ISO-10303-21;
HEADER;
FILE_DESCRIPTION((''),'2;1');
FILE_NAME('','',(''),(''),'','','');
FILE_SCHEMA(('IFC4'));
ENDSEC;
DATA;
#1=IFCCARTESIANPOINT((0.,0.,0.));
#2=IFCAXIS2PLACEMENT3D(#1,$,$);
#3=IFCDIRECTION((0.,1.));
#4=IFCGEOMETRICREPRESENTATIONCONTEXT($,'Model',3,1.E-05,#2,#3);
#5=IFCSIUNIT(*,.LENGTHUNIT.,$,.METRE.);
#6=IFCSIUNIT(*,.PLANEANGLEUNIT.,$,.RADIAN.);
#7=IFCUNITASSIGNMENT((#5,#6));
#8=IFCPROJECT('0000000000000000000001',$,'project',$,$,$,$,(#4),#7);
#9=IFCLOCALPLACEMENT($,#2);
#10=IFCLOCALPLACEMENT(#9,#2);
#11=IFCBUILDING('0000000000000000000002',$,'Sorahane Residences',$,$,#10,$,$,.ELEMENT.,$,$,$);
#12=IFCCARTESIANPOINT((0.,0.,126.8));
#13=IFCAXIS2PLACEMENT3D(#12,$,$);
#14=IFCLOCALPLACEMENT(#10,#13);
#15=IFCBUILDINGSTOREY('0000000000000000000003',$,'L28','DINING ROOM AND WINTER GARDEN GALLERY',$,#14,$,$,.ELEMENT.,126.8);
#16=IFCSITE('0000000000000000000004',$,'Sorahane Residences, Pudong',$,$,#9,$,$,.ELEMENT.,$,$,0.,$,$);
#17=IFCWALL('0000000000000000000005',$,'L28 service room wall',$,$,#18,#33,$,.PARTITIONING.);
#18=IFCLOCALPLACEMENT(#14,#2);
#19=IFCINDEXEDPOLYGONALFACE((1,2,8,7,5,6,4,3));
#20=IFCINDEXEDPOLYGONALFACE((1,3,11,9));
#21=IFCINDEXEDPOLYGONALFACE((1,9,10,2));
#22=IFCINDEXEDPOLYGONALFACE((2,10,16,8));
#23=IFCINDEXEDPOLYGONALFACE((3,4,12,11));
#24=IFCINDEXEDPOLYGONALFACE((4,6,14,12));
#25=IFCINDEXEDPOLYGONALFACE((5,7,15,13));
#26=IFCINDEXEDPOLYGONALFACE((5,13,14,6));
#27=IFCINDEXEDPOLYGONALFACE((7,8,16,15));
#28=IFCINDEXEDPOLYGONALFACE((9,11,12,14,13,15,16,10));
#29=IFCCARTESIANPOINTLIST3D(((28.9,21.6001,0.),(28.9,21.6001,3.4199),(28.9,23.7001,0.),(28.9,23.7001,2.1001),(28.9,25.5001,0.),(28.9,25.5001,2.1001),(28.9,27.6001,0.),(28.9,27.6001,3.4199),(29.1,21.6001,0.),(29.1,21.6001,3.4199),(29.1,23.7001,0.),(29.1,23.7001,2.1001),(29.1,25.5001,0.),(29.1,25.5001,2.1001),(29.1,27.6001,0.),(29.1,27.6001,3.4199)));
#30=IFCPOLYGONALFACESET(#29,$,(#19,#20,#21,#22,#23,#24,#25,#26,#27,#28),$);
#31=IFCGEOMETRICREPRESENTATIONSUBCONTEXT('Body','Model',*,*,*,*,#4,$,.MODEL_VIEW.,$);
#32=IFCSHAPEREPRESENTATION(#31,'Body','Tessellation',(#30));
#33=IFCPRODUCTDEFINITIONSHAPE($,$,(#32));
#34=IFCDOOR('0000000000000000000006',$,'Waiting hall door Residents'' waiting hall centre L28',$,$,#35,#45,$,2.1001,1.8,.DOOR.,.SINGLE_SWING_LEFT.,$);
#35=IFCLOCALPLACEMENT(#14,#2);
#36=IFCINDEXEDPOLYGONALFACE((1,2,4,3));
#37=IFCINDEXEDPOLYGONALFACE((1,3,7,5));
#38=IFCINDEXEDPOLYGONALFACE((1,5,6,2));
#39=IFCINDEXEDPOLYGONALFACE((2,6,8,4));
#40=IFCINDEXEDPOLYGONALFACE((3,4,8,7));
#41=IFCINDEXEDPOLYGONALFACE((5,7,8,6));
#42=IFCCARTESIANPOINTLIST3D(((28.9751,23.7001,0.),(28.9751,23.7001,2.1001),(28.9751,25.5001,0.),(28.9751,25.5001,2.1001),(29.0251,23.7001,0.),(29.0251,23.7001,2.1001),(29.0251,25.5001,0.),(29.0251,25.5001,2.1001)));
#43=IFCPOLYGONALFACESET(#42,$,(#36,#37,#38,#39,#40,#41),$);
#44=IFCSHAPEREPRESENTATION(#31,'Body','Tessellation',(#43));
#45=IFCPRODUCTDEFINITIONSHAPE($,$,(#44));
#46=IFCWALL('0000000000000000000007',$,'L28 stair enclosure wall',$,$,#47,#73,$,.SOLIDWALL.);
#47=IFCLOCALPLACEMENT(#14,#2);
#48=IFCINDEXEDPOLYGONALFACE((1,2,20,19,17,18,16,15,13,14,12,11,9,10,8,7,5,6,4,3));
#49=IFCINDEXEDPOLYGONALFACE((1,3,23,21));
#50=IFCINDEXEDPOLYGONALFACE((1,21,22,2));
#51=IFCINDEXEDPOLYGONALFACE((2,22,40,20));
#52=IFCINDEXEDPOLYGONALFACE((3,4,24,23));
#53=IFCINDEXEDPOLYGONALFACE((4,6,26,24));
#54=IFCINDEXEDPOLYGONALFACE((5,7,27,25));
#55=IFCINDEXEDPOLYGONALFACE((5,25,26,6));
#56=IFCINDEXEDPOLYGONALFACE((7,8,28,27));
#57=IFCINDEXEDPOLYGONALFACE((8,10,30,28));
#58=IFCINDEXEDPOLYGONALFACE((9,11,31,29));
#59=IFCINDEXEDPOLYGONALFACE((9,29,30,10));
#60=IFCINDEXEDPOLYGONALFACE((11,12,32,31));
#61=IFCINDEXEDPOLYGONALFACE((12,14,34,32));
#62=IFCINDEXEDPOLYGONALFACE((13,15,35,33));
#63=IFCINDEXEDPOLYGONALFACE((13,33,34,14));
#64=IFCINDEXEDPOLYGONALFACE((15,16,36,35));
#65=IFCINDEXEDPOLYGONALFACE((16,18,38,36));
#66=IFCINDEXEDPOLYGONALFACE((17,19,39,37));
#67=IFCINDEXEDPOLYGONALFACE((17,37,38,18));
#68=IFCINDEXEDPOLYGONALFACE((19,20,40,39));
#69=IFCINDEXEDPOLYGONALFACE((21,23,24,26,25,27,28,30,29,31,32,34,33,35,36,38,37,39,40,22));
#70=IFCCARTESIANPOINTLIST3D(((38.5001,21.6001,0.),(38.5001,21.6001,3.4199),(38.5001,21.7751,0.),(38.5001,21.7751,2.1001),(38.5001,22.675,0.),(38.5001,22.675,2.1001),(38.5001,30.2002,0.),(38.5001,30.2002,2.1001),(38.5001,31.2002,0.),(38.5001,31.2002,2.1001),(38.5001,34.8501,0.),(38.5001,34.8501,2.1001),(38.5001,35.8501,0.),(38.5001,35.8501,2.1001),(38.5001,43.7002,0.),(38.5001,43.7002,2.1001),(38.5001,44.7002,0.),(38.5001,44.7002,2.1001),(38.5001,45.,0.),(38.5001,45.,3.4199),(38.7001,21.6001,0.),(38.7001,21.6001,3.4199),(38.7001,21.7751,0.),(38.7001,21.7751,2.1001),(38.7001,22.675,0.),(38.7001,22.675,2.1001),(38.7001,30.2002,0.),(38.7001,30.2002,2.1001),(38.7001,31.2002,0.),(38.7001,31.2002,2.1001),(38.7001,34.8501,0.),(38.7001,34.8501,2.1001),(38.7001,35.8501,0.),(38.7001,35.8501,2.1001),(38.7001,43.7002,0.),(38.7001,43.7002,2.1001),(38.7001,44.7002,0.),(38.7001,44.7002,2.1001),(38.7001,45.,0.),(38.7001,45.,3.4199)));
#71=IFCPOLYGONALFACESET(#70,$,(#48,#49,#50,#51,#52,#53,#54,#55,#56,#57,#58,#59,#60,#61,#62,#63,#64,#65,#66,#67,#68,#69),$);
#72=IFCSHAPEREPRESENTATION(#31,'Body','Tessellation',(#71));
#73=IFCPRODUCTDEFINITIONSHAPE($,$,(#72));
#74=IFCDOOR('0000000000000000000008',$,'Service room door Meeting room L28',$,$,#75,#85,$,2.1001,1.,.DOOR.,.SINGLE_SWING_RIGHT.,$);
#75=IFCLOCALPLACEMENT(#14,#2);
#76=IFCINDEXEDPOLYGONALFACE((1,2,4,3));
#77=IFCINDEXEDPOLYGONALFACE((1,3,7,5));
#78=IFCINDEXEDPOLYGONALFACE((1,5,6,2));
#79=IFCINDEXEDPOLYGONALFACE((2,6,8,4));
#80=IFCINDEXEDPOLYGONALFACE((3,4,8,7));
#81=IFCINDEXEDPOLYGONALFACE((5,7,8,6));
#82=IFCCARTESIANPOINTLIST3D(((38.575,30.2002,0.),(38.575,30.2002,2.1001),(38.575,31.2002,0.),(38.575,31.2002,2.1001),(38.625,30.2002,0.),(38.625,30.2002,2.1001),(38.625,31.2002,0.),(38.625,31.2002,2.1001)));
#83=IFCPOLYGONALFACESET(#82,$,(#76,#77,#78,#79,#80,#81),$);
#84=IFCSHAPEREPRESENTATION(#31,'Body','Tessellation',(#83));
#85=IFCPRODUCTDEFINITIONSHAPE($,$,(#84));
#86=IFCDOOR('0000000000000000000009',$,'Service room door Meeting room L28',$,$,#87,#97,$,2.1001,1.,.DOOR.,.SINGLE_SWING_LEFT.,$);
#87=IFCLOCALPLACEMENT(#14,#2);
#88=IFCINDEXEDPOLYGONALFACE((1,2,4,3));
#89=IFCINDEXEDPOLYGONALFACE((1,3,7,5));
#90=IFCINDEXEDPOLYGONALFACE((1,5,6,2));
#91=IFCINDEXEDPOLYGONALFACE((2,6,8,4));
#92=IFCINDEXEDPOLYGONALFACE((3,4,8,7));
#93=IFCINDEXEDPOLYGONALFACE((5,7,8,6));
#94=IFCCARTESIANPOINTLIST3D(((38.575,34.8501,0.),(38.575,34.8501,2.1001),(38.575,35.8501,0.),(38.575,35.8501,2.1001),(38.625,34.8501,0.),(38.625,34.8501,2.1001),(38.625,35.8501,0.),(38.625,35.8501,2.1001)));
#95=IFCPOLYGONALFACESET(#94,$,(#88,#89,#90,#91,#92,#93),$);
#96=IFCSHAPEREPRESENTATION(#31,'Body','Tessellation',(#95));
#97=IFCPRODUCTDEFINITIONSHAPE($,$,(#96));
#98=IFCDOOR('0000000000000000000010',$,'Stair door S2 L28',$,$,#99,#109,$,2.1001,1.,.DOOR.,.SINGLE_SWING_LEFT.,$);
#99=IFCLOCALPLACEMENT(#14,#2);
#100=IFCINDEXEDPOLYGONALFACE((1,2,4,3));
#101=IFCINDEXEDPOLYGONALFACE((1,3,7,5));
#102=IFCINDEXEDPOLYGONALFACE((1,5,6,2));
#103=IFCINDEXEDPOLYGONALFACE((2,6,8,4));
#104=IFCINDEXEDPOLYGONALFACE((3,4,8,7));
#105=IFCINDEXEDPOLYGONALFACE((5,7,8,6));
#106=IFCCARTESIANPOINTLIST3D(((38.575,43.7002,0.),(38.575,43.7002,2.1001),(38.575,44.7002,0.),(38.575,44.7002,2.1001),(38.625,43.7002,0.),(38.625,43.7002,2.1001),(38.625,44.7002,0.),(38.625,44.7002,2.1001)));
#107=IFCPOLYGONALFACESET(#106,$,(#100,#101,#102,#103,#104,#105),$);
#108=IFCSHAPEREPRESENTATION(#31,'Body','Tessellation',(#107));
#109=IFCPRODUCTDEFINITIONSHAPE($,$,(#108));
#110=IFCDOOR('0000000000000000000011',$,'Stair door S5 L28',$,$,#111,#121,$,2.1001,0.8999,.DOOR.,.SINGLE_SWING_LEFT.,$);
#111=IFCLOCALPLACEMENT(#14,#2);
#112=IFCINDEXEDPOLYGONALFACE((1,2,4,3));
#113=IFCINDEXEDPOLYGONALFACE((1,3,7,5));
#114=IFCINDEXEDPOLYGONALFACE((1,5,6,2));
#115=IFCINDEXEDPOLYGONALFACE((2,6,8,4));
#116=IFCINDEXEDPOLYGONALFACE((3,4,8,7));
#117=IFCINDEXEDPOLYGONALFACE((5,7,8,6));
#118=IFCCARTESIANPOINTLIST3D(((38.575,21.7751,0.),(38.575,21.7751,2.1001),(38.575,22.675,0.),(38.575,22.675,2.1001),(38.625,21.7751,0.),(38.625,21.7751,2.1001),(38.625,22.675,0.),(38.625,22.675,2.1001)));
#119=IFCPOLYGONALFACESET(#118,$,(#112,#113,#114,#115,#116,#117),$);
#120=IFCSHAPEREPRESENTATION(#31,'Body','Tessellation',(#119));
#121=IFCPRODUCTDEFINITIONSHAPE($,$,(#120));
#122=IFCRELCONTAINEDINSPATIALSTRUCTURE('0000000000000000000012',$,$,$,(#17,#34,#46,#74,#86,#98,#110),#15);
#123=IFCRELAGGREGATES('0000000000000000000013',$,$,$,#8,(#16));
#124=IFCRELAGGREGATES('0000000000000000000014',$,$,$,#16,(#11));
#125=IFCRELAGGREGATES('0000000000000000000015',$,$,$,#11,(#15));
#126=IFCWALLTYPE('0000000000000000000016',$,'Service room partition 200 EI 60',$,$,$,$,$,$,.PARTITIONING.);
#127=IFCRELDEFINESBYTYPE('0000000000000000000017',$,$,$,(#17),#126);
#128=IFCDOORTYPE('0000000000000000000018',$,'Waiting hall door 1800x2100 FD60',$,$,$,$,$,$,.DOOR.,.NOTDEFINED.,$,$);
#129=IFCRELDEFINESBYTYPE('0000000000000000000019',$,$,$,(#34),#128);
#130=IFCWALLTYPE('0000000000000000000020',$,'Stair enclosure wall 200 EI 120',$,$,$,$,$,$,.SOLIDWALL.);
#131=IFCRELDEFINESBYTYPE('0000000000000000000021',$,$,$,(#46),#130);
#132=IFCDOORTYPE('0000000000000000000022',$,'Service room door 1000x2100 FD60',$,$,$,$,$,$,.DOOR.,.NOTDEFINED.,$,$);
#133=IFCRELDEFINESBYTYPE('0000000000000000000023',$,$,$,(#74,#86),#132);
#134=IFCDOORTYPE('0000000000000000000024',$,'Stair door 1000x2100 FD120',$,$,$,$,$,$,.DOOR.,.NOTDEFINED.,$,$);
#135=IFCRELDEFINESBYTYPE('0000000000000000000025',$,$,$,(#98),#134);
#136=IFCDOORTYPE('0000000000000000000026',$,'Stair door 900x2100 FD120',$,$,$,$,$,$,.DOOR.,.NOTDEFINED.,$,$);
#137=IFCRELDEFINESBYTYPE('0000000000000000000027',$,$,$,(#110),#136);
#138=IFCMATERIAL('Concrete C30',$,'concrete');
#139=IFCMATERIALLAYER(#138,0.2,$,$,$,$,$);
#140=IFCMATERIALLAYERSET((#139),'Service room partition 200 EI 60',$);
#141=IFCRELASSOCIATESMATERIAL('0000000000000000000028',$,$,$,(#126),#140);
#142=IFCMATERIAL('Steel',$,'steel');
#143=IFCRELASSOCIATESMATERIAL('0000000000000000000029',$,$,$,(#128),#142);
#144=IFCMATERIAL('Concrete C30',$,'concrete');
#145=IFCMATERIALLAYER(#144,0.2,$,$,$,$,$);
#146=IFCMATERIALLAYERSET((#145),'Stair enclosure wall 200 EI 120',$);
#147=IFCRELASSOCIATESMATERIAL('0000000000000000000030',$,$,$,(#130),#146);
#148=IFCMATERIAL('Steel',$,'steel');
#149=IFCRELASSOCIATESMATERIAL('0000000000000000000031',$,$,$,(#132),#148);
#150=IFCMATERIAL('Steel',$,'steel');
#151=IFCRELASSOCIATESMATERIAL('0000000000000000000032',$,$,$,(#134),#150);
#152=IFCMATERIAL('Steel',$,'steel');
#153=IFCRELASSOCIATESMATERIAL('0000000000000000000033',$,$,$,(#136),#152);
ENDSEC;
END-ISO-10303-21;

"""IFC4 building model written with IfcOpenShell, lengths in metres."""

from ifc_helpers import new_model, si_unit, direction, frame, frame_2d, origin, place, context, subcontext, project, spatial, rectangle, extrude, material, layer, layer_set, type_object, element, fill, save


model = new_model("IFC4")

# Units and contexts
model_context = context("Model", 3, precision=1e-05, world=origin(), true_north=direction((0.0, 1.0)))
body_context = subcontext(model_context, "Body", "Model", "MODEL_VIEW")
ifc_project = project(units=[si_unit("LENGTHUNIT", "METRE"), si_unit("PLANEANGLEUNIT", "RADIAN")], contexts=[model_context])

# Site, building, storey
site_placement = place(None, origin())
site = spatial("IfcSite", under=ifc_project, at=site_placement, Name="Sorahane Residences, Pudong", CompositionType="ELEMENT", RefElevation=0.0)
building_placement = place(site_placement, origin())
building = spatial("IfcBuilding", under=site, at=building_placement, Name="Sorahane Residences", CompositionType="ELEMENT")
storey_placement = place(building_placement, frame((0.0, 0.0, 126.8)))
storey = spatial("IfcBuildingStorey", under=building, at=storey_placement, Name="L28", Description="DINING ROOM AND WINTER GARDEN GALLERY", CompositionType="ELEMENT", Elevation=126.8)

# Wall, opening, door
ifc_material_1 = material(Name="Concrete C30", Category="concrete")
ifc_layer_1 = layer(ifc_material_1, 0.2)
ifc_layer_set_1 = layer_set([ifc_layer_1], Name="Service room partition 200 EI 60")
wall_type_1 = type_object("IfcWallType", Name="Service room partition 200 EI 60", PredefinedType="PARTITIONING", material=ifc_layer_set_1)
wall_1_placement = place(storey_placement, frame((29.0, 21.6001, 0.0), z_axis=(0.0, 0.0, 1.0), x_axis=(0.0, 1.0, 0.0)))
wall_1 = element("IfcWall", 1, at=wall_1_placement, inside=storey, type_object=wall_type_1, Name="L28 service room wall", PredefinedType="PARTITIONING", context=body_context, shape_type="SweptSolid", body=[
    extrude(rectangle(XDim=6.0, YDim=0.2, at=frame_2d((3.0, 0.0))), origin(), (0.0, 0.0, 1.0), 3.4199),
])
opening_1_placement = place(wall_1_placement, frame((2.1001, 0.0, 0.0)))
opening_1 = element("IfcOpeningElement", 2, at=opening_1_placement, cuts=wall_1, PredefinedType="OPENING", context=body_context, shape_type="SweptSolid", body=[
    extrude(rectangle(XDim=1.8, YDim=2.1001, at=frame_2d((0.8999, 1.05))), frame((0.0, 0.1099, 0.0), z_axis=(0.0, -1.0, 0.0), x_axis=(1.0, 0.0, 0.0)), (0.0, 0.0, 1.0), 0.22),
])
ifc_material_2 = material(Name="Steel", Category="steel")
door_type_1 = type_object("IfcDoorType", Name="Waiting hall door 1800x2100 FD60", OperationType="NOTDEFINED", PredefinedType="DOOR", material=ifc_material_2)
door_1_placement = place(opening_1_placement, origin())
door_1 = element("IfcDoor", 3, at=door_1_placement, inside=storey, type_object=door_type_1, Name="Waiting hall door Residents' waiting hall centre L28", OperationType="SINGLE_SWING_LEFT", OverallHeight=2.1001, OverallWidth=1.8, PredefinedType="DOOR", context=body_context, shape_type="SweptSolid", body=[
    extrude(rectangle(XDim=1.8, YDim=2.1001, at=frame_2d((0.8999, 1.05))), frame((0.0, 0.0249, 0.0), z_axis=(0.0, -1.0, 0.0), x_axis=(1.0, 0.0, 0.0)), (0.0, 0.0, 1.0), 0.05),
])
fill(opening_1, door_1)

# Wall, openings, doors
ifc_material_3 = material(Name="Concrete C30", Category="concrete")
ifc_layer_2 = layer(ifc_material_3, 0.2)
ifc_layer_set_2 = layer_set([ifc_layer_2], Name="Stair enclosure wall 200 EI 120")
wall_type_2 = type_object("IfcWallType", Name="Stair enclosure wall 200 EI 120", PredefinedType="SOLIDWALL", material=ifc_layer_set_2)
wall_2_placement = place(storey_placement, frame((38.6001, 21.6001, 0.0), z_axis=(0.0, 0.0, 1.0), x_axis=(0.0, 1.0, 0.0)))
wall_2 = element("IfcWall", 4, at=wall_2_placement, inside=storey, type_object=wall_type_2, Name="L28 stair enclosure wall", PredefinedType="SOLIDWALL", context=body_context, shape_type="SweptSolid", body=[
    extrude(rectangle(XDim=23.3999, YDim=0.2, at=frame_2d((11.7, 0.0))), origin(), (0.0, 0.0, 1.0), 3.4199),
])
opening_2_placement = place(wall_2_placement, frame((8.6001, 0.0, 0.0)))
opening_2 = element("IfcOpeningElement", 5, at=opening_2_placement, cuts=wall_2, PredefinedType="OPENING", context=body_context, shape_type="SweptSolid", body=[
    extrude(rectangle(XDim=1.0, YDim=2.1001, at=frame_2d((0.5, 1.05))), frame((0.0, 0.1099, 0.0), z_axis=(0.0, -1.0, 0.0), x_axis=(1.0, 0.0, 0.0)), (0.0, 0.0, 1.0), 0.22),
])
opening_3_placement = place(wall_2_placement, frame((13.25, 0.0, 0.0)))
opening_3 = element("IfcOpeningElement", 6, at=opening_3_placement, cuts=wall_2, PredefinedType="OPENING", context=body_context, shape_type="SweptSolid", body=[
    extrude(rectangle(XDim=1.0, YDim=2.1001, at=frame_2d((0.5, 1.05))), frame((0.0, 0.1099, 0.0), z_axis=(0.0, -1.0, 0.0), x_axis=(1.0, 0.0, 0.0)), (0.0, 0.0, 1.0), 0.22),
])
opening_4_placement = place(wall_2_placement, frame((22.1001, 0.0, 0.0)))
opening_4 = element("IfcOpeningElement", 7, at=opening_4_placement, cuts=wall_2, PredefinedType="OPENING", context=body_context, shape_type="SweptSolid", body=[
    extrude(rectangle(XDim=1.0, YDim=2.1001, at=frame_2d((0.5, 1.05))), frame((0.0, 0.1099, 0.0), z_axis=(0.0, -1.0, 0.0), x_axis=(1.0, 0.0, 0.0)), (0.0, 0.0, 1.0), 0.22),
])
opening_5_placement = place(wall_2_placement, frame((0.175, 0.0, 0.0)))
opening_5 = element("IfcOpeningElement", 8, at=opening_5_placement, cuts=wall_2, PredefinedType="OPENING", context=body_context, shape_type="SweptSolid", body=[
    extrude(rectangle(XDim=0.8999, YDim=2.1001, at=frame_2d((0.45, 1.05))), frame((0.0, 0.1099, 0.0), z_axis=(0.0, -1.0, 0.0), x_axis=(1.0, 0.0, 0.0)), (0.0, 0.0, 1.0), 0.22),
])
ifc_material_4 = material(Name="Steel", Category="steel")
door_type_2 = type_object("IfcDoorType", Name="Service room door 1000x2100 FD60", OperationType="NOTDEFINED", PredefinedType="DOOR", material=ifc_material_4)
door_2_placement = place(opening_2_placement, frame((1.0, 0.0, 0.0), z_axis=(0.0, 0.0, 1.0), x_axis=(-1.0, 0.0, 0.0)))
door_2 = element("IfcDoor", 9, at=door_2_placement, inside=storey, type_object=door_type_2, Name="Service room door Meeting room L28", OperationType="SINGLE_SWING_RIGHT", OverallHeight=2.1001, OverallWidth=1.0, PredefinedType="DOOR", context=body_context, shape_type="SweptSolid", body=[
    extrude(rectangle(XDim=1.0, YDim=2.1001, at=frame_2d((0.5, 1.05))), frame((0.0, 0.0249, 0.0), z_axis=(0.0, -1.0, 0.0), x_axis=(1.0, 0.0, 0.0)), (0.0, 0.0, 1.0), 0.05),
])
fill(opening_2, door_2)
door_3_placement = place(opening_3_placement, frame((1.0, 0.0, 0.0), z_axis=(0.0, 0.0, 1.0), x_axis=(-1.0, 0.0, 0.0)))
door_3 = element("IfcDoor", 10, at=door_3_placement, inside=storey, type_object=door_type_2, Name="Service room door Meeting room L28", OperationType="SINGLE_SWING_LEFT", OverallHeight=2.1001, OverallWidth=1.0, PredefinedType="DOOR", context=body_context, shape_type="SweptSolid", body=[
    extrude(rectangle(XDim=1.0, YDim=2.1001, at=frame_2d((0.5, 1.05))), frame((0.0, 0.0249, 0.0), z_axis=(0.0, -1.0, 0.0), x_axis=(1.0, 0.0, 0.0)), (0.0, 0.0, 1.0), 0.05),
])
fill(opening_3, door_3)
ifc_material_5 = material(Name="Steel", Category="steel")
door_type_3 = type_object("IfcDoorType", Name="Stair door 1000x2100 FD120", OperationType="NOTDEFINED", PredefinedType="DOOR", material=ifc_material_5)
door_4_placement = place(opening_4_placement, frame((1.0, 0.0, 0.0), z_axis=(0.0, 0.0, 1.0), x_axis=(-1.0, 0.0, 0.0)))
door_4 = element("IfcDoor", 11, at=door_4_placement, inside=storey, type_object=door_type_3, Name="Stair door S2 L28", OperationType="SINGLE_SWING_LEFT", OverallHeight=2.1001, OverallWidth=1.0, PredefinedType="DOOR", context=body_context, shape_type="SweptSolid", body=[
    extrude(rectangle(XDim=1.0, YDim=2.1001, at=frame_2d((0.5, 1.05))), frame((0.0, 0.0249, 0.0), z_axis=(0.0, -1.0, 0.0), x_axis=(1.0, 0.0, 0.0)), (0.0, 0.0, 1.0), 0.05),
])
fill(opening_4, door_4)
ifc_material_6 = material(Name="Steel", Category="steel")
door_type_4 = type_object("IfcDoorType", Name="Stair door 900x2100 FD120", OperationType="NOTDEFINED", PredefinedType="DOOR", material=ifc_material_6)
door_5_placement = place(opening_5_placement, frame((0.8999, 0.0, 0.0), z_axis=(0.0, 0.0, 1.0), x_axis=(-1.0, 0.0, 0.0)))
door_5 = element("IfcDoor", 12, at=door_5_placement, inside=storey, type_object=door_type_4, Name="Stair door S5 L28", OperationType="SINGLE_SWING_LEFT", OverallHeight=2.1001, OverallWidth=0.8999, PredefinedType="DOOR", context=body_context, shape_type="SweptSolid", body=[
    extrude(rectangle(XDim=0.8999, YDim=2.1001, at=frame_2d((0.45, 1.05))), frame((0.0, 0.0249, 0.0), z_axis=(0.0, -1.0, 0.0), x_axis=(1.0, 0.0, 0.0)), (0.0, 0.0, 1.0), 0.05),
])
fill(opening_5, door_5)

save(model, "model.ifc")
